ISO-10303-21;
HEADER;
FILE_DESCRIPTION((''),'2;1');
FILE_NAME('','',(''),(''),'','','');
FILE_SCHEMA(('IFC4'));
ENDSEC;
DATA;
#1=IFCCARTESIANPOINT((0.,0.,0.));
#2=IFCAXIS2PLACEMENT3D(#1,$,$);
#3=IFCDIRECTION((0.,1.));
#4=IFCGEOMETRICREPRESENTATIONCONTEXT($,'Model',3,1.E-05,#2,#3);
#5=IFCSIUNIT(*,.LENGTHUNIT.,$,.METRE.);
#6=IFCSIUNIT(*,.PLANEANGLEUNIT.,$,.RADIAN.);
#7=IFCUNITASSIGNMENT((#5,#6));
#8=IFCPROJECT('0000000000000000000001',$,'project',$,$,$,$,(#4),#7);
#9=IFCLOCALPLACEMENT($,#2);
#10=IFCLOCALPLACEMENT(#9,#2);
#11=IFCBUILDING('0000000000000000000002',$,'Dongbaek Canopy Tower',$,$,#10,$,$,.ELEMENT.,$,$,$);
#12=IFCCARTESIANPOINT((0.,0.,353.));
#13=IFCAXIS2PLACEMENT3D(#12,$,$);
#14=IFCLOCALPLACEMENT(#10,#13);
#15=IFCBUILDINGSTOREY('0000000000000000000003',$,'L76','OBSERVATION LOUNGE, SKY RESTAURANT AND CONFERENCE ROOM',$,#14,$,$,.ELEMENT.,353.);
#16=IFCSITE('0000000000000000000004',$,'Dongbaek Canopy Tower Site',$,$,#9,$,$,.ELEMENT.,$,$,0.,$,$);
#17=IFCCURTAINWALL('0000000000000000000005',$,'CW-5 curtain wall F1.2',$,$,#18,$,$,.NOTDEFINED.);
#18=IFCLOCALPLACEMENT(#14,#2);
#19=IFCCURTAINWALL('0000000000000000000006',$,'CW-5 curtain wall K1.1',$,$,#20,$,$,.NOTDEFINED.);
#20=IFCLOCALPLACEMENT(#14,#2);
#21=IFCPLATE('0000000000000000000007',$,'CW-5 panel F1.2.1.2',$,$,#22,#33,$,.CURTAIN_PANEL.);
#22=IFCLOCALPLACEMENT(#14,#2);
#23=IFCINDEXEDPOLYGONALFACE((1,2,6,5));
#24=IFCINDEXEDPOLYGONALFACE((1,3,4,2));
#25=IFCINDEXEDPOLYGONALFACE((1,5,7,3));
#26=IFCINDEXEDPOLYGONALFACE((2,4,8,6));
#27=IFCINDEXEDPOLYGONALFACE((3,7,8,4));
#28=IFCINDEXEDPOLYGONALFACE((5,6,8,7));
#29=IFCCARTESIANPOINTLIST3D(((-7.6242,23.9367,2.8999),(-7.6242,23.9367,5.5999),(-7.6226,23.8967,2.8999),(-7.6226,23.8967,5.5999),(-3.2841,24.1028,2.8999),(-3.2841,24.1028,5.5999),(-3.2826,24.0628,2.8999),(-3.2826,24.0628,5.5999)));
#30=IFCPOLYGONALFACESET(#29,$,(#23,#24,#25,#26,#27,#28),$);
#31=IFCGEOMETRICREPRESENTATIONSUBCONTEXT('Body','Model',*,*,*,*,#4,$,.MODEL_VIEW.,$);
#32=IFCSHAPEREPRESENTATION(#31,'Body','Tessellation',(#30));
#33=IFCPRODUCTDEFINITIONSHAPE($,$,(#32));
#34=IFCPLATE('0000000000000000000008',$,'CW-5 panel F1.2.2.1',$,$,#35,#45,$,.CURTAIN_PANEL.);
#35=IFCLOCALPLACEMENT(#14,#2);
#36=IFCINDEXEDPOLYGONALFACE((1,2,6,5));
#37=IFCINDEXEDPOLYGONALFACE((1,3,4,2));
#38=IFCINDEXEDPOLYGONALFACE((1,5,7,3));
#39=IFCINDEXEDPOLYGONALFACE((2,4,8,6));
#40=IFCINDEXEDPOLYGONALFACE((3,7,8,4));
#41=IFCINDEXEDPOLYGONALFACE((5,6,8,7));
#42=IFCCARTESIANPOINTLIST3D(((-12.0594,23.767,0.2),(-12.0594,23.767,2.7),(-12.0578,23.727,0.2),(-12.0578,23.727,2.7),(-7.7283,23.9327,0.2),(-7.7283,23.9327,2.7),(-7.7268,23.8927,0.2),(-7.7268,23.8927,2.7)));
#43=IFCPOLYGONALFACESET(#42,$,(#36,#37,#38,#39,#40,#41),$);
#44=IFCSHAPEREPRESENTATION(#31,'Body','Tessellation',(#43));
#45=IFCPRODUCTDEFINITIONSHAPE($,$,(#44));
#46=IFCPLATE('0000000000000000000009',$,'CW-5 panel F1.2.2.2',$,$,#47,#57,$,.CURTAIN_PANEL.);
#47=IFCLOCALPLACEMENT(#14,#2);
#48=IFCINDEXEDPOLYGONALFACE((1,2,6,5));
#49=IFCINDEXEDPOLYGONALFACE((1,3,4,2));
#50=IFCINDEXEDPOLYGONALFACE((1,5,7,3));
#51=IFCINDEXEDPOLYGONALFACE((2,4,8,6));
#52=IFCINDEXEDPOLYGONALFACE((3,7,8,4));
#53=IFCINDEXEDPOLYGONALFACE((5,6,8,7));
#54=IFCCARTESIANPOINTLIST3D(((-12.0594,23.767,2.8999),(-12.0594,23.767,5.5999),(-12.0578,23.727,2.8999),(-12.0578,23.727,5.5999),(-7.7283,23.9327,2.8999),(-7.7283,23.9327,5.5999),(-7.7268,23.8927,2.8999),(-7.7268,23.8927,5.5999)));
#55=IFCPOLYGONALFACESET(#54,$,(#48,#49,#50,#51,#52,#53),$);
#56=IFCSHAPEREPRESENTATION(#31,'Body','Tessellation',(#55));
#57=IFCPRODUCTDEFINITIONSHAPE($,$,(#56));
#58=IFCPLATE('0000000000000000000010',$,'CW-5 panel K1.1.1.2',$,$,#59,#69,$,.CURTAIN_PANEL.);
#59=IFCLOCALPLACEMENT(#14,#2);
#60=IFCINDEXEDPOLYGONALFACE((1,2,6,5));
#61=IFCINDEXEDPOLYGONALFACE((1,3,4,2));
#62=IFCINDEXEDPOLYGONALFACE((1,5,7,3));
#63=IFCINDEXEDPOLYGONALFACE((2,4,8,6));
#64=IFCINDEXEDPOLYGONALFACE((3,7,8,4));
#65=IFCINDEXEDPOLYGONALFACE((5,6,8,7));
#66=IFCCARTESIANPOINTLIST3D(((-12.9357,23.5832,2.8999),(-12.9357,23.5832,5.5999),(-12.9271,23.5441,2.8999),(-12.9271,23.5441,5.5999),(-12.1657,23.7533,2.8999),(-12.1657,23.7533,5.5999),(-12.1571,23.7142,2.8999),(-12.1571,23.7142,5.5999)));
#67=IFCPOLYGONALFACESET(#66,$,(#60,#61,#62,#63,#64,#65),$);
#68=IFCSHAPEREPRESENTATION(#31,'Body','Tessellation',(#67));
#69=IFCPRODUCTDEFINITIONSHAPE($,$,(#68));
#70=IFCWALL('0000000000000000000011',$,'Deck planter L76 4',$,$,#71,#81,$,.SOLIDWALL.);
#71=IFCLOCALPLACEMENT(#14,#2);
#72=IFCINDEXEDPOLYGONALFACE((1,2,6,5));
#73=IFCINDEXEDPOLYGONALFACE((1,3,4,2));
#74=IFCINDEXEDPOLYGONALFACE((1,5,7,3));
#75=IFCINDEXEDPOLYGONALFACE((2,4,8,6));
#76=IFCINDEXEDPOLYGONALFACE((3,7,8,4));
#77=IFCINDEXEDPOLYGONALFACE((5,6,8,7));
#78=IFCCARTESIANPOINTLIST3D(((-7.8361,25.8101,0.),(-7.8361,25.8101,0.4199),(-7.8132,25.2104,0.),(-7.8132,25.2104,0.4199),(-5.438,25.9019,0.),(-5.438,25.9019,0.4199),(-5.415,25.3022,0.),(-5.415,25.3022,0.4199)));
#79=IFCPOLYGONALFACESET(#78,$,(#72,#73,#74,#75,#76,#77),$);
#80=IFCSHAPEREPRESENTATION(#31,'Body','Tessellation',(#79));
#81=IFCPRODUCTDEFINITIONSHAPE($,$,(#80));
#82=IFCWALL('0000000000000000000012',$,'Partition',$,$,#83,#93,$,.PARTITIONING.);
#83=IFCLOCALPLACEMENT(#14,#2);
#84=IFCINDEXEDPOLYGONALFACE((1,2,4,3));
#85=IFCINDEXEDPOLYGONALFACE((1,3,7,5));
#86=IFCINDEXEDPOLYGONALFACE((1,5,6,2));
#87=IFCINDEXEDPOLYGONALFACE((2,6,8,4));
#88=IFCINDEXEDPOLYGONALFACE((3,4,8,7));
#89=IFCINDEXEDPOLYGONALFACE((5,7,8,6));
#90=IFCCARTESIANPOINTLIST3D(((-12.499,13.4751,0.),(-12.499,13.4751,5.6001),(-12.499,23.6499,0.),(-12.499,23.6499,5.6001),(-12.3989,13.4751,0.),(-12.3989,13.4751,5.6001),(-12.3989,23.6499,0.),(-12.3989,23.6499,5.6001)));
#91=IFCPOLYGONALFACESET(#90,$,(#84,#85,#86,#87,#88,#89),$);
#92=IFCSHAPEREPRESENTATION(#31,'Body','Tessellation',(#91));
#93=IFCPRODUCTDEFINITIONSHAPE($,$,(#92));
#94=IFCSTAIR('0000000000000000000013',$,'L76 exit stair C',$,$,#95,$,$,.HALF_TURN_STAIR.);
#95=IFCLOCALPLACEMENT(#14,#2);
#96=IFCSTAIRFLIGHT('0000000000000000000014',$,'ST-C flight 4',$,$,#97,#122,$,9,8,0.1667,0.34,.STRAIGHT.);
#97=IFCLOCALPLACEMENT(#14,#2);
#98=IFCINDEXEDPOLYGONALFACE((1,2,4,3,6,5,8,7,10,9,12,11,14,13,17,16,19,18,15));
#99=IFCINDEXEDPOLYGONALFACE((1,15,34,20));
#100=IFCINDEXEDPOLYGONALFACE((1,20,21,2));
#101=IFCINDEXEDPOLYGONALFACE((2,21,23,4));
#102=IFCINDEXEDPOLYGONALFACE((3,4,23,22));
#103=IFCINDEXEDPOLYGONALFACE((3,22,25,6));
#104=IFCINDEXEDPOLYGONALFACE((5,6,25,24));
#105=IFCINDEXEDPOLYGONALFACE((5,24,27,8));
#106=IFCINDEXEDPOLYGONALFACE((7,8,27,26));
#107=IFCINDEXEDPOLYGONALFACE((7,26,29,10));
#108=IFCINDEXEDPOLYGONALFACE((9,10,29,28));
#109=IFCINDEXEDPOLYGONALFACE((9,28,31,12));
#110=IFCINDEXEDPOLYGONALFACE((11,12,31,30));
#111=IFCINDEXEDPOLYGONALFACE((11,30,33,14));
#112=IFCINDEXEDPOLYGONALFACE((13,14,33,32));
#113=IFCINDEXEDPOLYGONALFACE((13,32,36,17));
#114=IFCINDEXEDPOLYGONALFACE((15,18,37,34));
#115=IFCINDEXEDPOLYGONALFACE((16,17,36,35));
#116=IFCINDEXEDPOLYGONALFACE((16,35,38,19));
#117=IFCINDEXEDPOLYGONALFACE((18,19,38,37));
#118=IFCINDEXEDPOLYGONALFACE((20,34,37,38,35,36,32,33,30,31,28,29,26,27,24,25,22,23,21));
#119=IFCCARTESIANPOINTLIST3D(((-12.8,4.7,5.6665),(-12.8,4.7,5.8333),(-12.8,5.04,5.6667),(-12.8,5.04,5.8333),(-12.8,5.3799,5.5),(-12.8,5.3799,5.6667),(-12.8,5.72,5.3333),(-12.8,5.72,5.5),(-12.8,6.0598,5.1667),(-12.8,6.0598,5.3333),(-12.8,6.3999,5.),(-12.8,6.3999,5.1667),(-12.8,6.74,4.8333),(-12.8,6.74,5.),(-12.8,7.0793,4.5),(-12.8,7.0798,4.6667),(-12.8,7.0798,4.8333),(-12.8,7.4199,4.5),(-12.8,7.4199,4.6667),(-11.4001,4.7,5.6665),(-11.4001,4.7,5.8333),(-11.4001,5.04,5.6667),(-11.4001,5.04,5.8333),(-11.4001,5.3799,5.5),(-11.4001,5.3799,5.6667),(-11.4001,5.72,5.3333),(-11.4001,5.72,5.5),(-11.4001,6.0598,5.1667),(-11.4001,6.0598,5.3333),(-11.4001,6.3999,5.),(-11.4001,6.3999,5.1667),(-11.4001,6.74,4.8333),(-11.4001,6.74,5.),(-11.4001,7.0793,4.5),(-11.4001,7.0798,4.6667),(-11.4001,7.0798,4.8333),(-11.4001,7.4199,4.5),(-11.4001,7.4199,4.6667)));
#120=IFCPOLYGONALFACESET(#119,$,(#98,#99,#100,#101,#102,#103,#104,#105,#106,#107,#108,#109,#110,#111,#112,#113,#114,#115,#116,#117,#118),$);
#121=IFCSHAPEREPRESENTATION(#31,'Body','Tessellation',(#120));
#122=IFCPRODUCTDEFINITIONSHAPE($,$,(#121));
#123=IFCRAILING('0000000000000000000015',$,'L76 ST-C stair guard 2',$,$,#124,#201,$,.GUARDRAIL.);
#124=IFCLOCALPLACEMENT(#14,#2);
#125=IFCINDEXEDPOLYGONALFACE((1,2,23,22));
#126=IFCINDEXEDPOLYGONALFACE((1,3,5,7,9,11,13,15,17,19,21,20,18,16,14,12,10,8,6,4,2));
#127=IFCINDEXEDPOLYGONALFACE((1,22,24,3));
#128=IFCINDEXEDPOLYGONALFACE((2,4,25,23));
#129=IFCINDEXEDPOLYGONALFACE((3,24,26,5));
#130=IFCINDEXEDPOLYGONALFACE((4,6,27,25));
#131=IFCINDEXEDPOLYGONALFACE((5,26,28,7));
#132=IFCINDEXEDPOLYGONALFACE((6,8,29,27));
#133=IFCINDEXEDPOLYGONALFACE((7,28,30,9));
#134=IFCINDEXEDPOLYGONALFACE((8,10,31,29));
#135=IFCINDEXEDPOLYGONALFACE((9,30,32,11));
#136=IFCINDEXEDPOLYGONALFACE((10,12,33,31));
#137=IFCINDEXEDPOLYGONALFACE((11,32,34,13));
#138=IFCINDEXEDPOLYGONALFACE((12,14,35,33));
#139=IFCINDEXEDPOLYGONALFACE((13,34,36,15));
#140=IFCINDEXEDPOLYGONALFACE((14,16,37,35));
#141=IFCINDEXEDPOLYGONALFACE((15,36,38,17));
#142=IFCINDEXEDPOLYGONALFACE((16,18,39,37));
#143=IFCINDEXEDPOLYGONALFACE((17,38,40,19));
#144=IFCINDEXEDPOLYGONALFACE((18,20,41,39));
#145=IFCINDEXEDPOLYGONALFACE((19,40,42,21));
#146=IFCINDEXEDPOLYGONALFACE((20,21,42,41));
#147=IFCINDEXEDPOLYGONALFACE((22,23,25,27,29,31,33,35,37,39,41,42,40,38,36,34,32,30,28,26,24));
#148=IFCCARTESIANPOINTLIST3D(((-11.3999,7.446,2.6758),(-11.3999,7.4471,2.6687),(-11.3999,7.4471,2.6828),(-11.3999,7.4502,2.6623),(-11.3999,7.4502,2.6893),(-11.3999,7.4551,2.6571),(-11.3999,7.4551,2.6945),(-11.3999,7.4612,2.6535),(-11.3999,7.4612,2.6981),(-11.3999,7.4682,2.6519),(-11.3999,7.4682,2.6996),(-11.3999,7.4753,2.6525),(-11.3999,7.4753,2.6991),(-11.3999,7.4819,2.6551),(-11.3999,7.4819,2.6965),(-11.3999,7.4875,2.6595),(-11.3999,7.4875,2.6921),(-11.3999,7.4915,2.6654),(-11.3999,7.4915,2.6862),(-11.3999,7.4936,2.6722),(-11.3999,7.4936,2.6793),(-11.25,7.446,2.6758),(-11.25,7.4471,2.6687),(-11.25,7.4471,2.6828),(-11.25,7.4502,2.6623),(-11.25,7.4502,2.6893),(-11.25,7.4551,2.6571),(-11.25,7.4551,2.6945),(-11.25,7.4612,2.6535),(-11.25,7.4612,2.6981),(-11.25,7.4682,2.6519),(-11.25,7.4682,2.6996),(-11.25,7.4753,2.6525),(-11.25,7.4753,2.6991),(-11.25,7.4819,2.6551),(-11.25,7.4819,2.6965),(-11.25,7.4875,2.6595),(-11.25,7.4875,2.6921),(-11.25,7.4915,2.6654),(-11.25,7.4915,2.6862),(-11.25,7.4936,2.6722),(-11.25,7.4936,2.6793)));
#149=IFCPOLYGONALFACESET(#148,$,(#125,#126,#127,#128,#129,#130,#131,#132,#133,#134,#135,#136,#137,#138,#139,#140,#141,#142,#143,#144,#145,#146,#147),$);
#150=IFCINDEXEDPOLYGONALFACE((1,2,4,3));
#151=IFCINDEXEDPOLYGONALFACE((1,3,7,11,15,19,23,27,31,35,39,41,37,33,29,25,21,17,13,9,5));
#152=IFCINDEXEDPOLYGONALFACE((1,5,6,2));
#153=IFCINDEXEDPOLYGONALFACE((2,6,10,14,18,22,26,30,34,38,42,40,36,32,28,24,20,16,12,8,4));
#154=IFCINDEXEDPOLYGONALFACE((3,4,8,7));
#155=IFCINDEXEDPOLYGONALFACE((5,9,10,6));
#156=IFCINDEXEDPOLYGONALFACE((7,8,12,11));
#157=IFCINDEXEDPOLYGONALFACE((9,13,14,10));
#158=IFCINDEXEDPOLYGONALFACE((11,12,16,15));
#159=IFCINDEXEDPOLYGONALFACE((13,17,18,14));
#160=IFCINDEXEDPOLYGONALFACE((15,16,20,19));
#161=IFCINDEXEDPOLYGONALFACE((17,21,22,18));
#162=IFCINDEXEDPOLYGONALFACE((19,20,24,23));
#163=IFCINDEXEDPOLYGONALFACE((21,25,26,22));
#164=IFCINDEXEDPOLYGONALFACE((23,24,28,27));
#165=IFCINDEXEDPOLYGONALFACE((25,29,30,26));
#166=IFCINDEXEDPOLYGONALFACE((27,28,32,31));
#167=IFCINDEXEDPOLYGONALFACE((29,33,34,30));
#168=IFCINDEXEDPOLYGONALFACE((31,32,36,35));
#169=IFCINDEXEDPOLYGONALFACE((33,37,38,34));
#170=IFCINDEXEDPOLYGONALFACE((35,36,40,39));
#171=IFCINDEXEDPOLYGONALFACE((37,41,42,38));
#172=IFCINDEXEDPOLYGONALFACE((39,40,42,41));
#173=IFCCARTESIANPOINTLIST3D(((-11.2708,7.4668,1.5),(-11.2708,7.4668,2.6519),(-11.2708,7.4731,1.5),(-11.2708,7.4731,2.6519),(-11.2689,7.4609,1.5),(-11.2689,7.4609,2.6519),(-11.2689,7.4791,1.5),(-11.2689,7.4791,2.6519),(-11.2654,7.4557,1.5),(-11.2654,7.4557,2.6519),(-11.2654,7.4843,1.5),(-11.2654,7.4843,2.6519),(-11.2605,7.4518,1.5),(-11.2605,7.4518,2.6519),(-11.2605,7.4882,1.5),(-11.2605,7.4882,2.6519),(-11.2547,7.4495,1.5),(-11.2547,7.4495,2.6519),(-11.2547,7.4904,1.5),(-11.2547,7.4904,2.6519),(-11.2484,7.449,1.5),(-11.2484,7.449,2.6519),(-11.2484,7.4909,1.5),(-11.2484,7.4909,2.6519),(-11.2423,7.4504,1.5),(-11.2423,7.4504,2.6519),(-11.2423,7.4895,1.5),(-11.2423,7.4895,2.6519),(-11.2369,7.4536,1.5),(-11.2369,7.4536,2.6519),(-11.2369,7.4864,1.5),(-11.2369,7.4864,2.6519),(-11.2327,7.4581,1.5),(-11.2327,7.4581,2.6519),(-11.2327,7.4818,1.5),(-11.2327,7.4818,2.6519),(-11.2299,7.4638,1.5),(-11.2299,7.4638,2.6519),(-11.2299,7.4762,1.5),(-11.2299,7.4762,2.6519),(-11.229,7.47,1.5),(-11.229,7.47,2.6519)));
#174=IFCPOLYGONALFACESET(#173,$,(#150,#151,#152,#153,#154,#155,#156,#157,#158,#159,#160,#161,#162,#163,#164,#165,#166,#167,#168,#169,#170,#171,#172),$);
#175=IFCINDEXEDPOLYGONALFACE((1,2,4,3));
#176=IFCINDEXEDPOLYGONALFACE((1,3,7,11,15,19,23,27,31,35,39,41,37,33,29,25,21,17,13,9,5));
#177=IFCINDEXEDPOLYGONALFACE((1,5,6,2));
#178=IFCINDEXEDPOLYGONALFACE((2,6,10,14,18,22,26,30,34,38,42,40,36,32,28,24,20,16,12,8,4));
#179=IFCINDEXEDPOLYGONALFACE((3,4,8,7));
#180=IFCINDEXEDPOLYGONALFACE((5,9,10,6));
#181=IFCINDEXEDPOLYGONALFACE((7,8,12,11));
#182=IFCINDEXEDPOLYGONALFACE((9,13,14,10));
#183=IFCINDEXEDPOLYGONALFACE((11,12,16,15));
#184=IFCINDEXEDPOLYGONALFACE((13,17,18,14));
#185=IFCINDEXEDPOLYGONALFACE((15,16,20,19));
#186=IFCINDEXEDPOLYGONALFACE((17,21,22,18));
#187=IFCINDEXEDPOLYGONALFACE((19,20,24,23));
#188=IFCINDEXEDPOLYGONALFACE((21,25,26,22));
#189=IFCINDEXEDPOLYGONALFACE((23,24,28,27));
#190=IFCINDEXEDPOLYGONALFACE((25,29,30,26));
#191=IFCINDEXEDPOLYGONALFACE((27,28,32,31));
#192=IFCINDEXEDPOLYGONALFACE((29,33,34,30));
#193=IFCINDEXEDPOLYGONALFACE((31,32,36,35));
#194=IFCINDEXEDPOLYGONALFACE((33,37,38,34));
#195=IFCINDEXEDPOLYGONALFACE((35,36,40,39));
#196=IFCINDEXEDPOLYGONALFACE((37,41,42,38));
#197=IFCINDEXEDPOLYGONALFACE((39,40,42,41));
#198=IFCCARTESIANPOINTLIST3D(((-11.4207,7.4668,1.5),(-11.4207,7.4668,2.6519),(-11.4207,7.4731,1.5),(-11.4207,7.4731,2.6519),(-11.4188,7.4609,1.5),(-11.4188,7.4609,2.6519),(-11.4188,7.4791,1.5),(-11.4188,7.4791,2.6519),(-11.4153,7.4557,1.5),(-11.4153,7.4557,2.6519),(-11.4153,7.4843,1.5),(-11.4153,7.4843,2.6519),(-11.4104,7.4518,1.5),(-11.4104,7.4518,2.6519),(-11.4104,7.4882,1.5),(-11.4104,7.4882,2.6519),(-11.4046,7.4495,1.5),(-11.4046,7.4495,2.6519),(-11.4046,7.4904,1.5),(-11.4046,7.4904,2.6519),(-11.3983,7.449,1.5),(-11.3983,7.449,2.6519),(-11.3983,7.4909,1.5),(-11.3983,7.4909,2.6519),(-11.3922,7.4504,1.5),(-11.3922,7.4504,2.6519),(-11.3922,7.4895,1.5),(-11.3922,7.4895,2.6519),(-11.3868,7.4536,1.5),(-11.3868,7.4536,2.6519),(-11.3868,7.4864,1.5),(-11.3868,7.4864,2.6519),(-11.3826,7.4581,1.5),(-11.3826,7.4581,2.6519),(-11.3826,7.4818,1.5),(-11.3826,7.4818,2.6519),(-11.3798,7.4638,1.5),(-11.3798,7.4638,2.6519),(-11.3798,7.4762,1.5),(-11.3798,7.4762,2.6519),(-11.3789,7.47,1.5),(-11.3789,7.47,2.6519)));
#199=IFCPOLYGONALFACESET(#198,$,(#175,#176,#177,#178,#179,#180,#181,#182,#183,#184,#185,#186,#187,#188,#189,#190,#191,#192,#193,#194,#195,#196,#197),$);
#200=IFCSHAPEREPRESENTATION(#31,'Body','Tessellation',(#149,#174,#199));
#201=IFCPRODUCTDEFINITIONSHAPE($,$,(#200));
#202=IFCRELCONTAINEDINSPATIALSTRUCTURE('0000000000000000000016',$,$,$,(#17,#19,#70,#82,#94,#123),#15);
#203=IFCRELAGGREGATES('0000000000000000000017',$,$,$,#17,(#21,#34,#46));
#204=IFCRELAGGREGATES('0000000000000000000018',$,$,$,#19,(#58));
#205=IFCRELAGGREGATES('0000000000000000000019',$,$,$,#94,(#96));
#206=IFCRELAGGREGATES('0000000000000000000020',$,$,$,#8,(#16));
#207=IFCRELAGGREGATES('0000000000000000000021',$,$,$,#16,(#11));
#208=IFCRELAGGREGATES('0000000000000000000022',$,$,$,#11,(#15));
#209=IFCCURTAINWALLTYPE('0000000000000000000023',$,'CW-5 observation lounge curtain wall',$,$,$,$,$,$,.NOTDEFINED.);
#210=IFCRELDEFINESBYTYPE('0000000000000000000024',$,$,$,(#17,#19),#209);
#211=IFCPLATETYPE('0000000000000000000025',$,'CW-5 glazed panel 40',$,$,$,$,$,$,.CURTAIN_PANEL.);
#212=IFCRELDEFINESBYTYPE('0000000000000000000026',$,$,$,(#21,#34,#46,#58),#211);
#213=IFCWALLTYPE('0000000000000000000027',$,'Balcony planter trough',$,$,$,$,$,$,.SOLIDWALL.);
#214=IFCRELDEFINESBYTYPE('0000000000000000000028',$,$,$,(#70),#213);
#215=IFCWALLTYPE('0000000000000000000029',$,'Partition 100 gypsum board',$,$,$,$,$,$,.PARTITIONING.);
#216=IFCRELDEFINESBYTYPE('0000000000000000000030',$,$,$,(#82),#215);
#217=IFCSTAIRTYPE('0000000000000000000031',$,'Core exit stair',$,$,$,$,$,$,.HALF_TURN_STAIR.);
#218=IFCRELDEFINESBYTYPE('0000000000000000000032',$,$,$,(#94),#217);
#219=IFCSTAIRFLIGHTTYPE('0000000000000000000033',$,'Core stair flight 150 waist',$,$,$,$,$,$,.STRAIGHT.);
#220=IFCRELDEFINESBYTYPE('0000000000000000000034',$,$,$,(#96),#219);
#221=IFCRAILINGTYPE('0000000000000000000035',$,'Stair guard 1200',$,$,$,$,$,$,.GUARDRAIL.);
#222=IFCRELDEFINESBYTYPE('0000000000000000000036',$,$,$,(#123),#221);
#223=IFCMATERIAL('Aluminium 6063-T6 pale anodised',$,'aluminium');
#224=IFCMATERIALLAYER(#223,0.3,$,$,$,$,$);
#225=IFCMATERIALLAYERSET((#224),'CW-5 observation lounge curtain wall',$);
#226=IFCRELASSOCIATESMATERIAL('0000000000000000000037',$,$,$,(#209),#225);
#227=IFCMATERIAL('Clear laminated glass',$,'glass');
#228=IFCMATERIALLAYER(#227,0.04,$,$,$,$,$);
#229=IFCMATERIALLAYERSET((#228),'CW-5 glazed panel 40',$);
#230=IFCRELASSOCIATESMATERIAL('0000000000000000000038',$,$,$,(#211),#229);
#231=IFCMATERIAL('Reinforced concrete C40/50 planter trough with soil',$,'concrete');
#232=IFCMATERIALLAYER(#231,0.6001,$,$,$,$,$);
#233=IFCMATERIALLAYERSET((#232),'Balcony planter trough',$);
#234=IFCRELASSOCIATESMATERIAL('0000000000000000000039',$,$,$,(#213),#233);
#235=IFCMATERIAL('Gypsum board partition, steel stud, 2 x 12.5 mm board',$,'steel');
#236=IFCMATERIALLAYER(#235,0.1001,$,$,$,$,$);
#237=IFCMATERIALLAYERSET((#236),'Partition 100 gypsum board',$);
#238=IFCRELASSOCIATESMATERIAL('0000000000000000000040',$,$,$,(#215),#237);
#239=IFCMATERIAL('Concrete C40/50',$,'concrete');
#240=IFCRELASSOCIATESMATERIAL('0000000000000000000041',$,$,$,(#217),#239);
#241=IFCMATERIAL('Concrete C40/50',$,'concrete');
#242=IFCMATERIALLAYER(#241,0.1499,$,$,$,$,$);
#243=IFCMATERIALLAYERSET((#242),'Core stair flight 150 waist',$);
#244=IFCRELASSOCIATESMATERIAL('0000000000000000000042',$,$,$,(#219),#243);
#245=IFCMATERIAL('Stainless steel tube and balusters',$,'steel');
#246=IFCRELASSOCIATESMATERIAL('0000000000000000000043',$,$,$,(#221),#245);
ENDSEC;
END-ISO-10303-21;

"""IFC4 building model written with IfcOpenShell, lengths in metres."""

from ifc_helpers import new_model, si_unit, direction, frame, frame_2d, origin, origin_2d, place, context, subcontext, project, spatial, polyline, rectangle, circle, outline, extrude, material, layer, layer_set, type_object, element, aggregate, save


model = new_model("IFC4")

# Units and contexts
model_context = context("Model", 3, precision=1e-05, world=origin(), true_north=direction((0.0, 1.0)))
body_context = subcontext(model_context, "Body", "Model", "MODEL_VIEW")
ifc_project = project(units=[si_unit("LENGTHUNIT", "METRE"), si_unit("PLANEANGLEUNIT", "RADIAN")], contexts=[model_context])

# Site, building, storey
site_placement = place(None, origin())
site = spatial("IfcSite", under=ifc_project, at=site_placement, Name="Dongbaek Canopy Tower Site", CompositionType="ELEMENT", RefElevation=0.0)
building_placement = place(site_placement, origin())
building = spatial("IfcBuilding", under=site, at=building_placement, Name="Dongbaek Canopy Tower", CompositionType="ELEMENT")
storey_placement = place(building_placement, frame((0.0, 0.0, 353.0)))
storey = spatial("IfcBuildingStorey", under=building, at=storey_placement, Name="L76", Description="OBSERVATION LOUNGE, SKY RESTAURANT AND CONFERENCE ROOM", CompositionType="ELEMENT", Elevation=353.0)

# Curtain walls
ifc_material_1 = material(Name="Aluminium 6063-T6 pale anodised", Category="aluminium")
ifc_layer_1 = layer(ifc_material_1, 0.3)
ifc_layer_set_1 = layer_set([ifc_layer_1], Name="CW-5 observation lounge curtain wall")
curtain_wall_type = type_object("IfcCurtainWallType", Name="CW-5 observation lounge curtain wall", PredefinedType="NOTDEFINED", material=ifc_layer_set_1)
curtain_wall_1_placement = place(storey_placement, origin())
curtain_wall_1 = element("IfcCurtainWall", 1, at=curtain_wall_1_placement, inside=storey, type_object=curtain_wall_type, Name="CW-5 curtain wall F1.2", PredefinedType="NOTDEFINED")
curtain_wall_2_placement = place(storey_placement, origin())
curtain_wall_2 = element("IfcCurtainWall", 2, at=curtain_wall_2_placement, inside=storey, type_object=curtain_wall_type, Name="CW-5 curtain wall K1.1", PredefinedType="NOTDEFINED")

# Plates
ifc_material_2 = material(Name="Clear laminated glass", Category="glass")
ifc_layer_2 = layer(ifc_material_2, 0.04)
ifc_layer_set_2 = layer_set([ifc_layer_2], Name="CW-5 glazed panel 40")
plate_type = type_object("IfcPlateType", Name="CW-5 glazed panel 40", PredefinedType="CURTAIN_PANEL", material=ifc_layer_set_2)
plate_1_placement = place(storey_placement, frame((-5.4534, 23.9998, 2.8999), z_axis=(0.0, 0.0, 1.0), x_axis=(-0.999269, -0.038232, 0.0)))
plate_1 = element("IfcPlate", 3, at=plate_1_placement, type_object=plate_type, Name="CW-5 panel F1.2.1.2", PredefinedType="CURTAIN_PANEL", context=body_context, shape_type="SweptSolid", body=[
    extrude(rectangle(XDim=4.3433, YDim=0.04, at=origin_2d()), origin(), (0.0, 0.0, 1.0), 2.7),
])
plate_2_placement = place(storey_placement, frame((-9.8931, 23.8298, 0.2), z_axis=(0.0, 0.0, 1.0), x_axis=(-0.999269, -0.038232, 0.0)))
plate_2 = element("IfcPlate", 4, at=plate_2_placement, type_object=plate_type, Name="CW-5 panel F1.2.2.1", PredefinedType="CURTAIN_PANEL", context=body_context, shape_type="SweptSolid", body=[
    extrude(rectangle(XDim=4.3342, YDim=0.04, at=origin_2d()), origin(), (0.0, 0.0, 1.0), 2.5),
])
plate_3_placement = place(storey_placement, frame((-9.8931, 23.8298, 2.8999), z_axis=(0.0, 0.0, 1.0), x_axis=(-0.999269, -0.038232, 0.0)))
plate_3 = element("IfcPlate", 5, at=plate_3_placement, type_object=plate_type, Name="CW-5 panel F1.2.2.2", PredefinedType="CURTAIN_PANEL", context=body_context, shape_type="SweptSolid", body=[
    extrude(rectangle(XDim=4.3342, YDim=0.04, at=origin_2d()), origin(), (0.0, 0.0, 1.0), 2.7),
])
aggregate(curtain_wall_1, [plate_1, plate_2, plate_3])
plate_4_placement = place(storey_placement, frame((-12.5464, 23.6487, 2.8999), z_axis=(0.0, 0.0, 1.0), x_axis=(-0.976443, -0.215775, 0.0)))
plate_4 = element("IfcPlate", 6, at=plate_4_placement, type_object=plate_type, Name="CW-5 panel K1.1.1.2", PredefinedType="CURTAIN_PANEL", context=body_context, shape_type="SweptSolid", body=[
    extrude(rectangle(XDim=0.7886, YDim=0.04, at=origin_2d()), origin(), (0.0, 0.0, 1.0), 2.7),
])
aggregate(curtain_wall_2, [plate_4])

# Wall
ifc_material_3 = material(Name="Reinforced concrete C40/50 planter trough with soil", Category="concrete")
ifc_layer_3 = layer(ifc_material_3, 0.6001)
ifc_layer_set_3 = layer_set([ifc_layer_3], Name="Balcony planter trough")
wall_type_1 = type_object("IfcWallType", Name="Balcony planter trough", PredefinedType="SOLIDWALL", material=ifc_layer_set_3)
wall_1_placement = place(storey_placement, frame((-5.4265, 25.6021, 0.0), z_axis=(0.0, 0.0, 1.0), x_axis=(-0.999268, -0.03825, 0.0)))
element("IfcWall", 7, at=wall_1_placement, inside=storey, type_object=wall_type_1, Name="Deck planter L76 4", PredefinedType="SOLIDWALL", context=body_context, shape_type="SweptSolid", body=[
    extrude(rectangle(XDim=2.3999, YDim=0.6001, at=frame_2d((1.2, 0.0))), origin(), (0.0, 0.0, 1.0), 0.4199),
])

# Wall
ifc_material_4 = material(Name="Gypsum board partition, steel stud, 2 x 12.5 mm board", Category="steel")
ifc_layer_4 = layer(ifc_material_4, 0.1001)
ifc_layer_set_4 = layer_set([ifc_layer_4], Name="Partition 100 gypsum board")
wall_type_2 = type_object("IfcWallType", Name="Partition 100 gypsum board", PredefinedType="PARTITIONING", material=ifc_layer_set_4)
wall_2_placement = place(storey_placement, frame((-12.449, 13.4751, 0.0), z_axis=(0.0, 0.0, 1.0), x_axis=(0.0, 1.0, 0.0)))
element("IfcWall", 8, at=wall_2_placement, inside=storey, type_object=wall_type_2, Name="Partition", PredefinedType="PARTITIONING", context=body_context, shape_type="SweptSolid", body=[
    extrude(rectangle(XDim=10.1748, YDim=0.1001, at=frame_2d((5.0874, 0.0))), origin(), (0.0, 0.0, 1.0), 5.6001),
])

# Stair, stair flight
ifc_material_5 = material(Name="Concrete C40/50", Category="concrete")
stair_type = type_object("IfcStairType", Name="Core exit stair", PredefinedType="HALF_TURN_STAIR", material=ifc_material_5)
stair_placement = place(storey_placement, origin())
stair = element("IfcStair", 9, at=stair_placement, inside=storey, type_object=stair_type, Name="L76 exit stair C", PredefinedType="HALF_TURN_STAIR")
ifc_material_6 = material(Name="Concrete C40/50", Category="concrete")
ifc_layer_5 = layer(ifc_material_6, 0.1499)
ifc_layer_set_5 = layer_set([ifc_layer_5], Name="Core stair flight 150 waist")
stair_flight_type = type_object("IfcStairFlightType", Name="Core stair flight 150 waist", PredefinedType="STRAIGHT", material=ifc_layer_set_5)
stair_flight_placement = place(storey_placement, frame((-12.1001, 7.4199, 4.5), z_axis=(0.0, 0.0, 1.0), x_axis=(0.0, -1.0, 0.0)))
stair_flight = element("IfcStairFlight", 10, at=stair_flight_placement, type_object=stair_flight_type, Name="ST-C flight 4", NumberOfRisers=9, NumberOfTreads=8, PredefinedType="STRAIGHT", RiserHeight=0.1667, TreadLength=0.34, context=body_context, shape_type="SweptSolid", body=[
    extrude(outline(polyline([(0.0, 0.0), (0.0, 0.1667), (0.3401, 0.1667), (0.3401, 0.3333), (0.6799, 0.3333), (0.6799, 0.5), (1.02, 0.5), (1.02, 0.6667), (1.3601, 0.6667), (1.3601, 0.8333), (1.7, 0.8333), (1.7, 1.0), (2.04, 1.0), (2.04, 1.1667), (2.3799, 1.1667), (2.3799, 1.3333), (2.72, 1.3333), (2.72, 1.5), (2.72, 1.1665), (0.3406, 0.0), (0.0, 0.0)])), frame((0.0, 0.7, 0.0), z_axis=(0.0, -1.0, 0.0), x_axis=(1.0, 0.0, 0.0)), (0.0, 0.0, 1.0), 1.3999),
])
aggregate(stair, [stair_flight])

# Railing
ifc_material_7 = material(Name="Stainless steel tube and balusters", Category="steel")
railing_type = type_object("IfcRailingType", Name="Stair guard 1200", PredefinedType="GUARDRAIL", material=ifc_material_7)
railing_1_placement = place(storey_placement, frame((-11.25, 7.47, 1.5)))
element("IfcRailing", 11, at=railing_1_placement, inside=storey, type_object=railing_type, Name="L76 ST-C stair guard 2", PredefinedType="GUARDRAIL", context=body_context, shape_type="SweptSolid", body=[
    extrude(circle(Radius=0.0239, at=origin_2d()), frame((0.0, 0.0, 1.1758), z_axis=(-1.0, 0.0, 0.0), x_axis=(0.0, -1.0, 0.0)), (0.0, 0.0, 1.0), 0.1499),
    extrude(circle(Radius=0.021, at=origin_2d()), origin(), (0.0, 0.0, 1.0), 1.1519),
    extrude(circle(Radius=0.021, at=origin_2d()), frame((-0.1499, 0.0, 0.0)), (0.0, 0.0, 1.0), 1.1519),
])

save(model, "model.ifc")
